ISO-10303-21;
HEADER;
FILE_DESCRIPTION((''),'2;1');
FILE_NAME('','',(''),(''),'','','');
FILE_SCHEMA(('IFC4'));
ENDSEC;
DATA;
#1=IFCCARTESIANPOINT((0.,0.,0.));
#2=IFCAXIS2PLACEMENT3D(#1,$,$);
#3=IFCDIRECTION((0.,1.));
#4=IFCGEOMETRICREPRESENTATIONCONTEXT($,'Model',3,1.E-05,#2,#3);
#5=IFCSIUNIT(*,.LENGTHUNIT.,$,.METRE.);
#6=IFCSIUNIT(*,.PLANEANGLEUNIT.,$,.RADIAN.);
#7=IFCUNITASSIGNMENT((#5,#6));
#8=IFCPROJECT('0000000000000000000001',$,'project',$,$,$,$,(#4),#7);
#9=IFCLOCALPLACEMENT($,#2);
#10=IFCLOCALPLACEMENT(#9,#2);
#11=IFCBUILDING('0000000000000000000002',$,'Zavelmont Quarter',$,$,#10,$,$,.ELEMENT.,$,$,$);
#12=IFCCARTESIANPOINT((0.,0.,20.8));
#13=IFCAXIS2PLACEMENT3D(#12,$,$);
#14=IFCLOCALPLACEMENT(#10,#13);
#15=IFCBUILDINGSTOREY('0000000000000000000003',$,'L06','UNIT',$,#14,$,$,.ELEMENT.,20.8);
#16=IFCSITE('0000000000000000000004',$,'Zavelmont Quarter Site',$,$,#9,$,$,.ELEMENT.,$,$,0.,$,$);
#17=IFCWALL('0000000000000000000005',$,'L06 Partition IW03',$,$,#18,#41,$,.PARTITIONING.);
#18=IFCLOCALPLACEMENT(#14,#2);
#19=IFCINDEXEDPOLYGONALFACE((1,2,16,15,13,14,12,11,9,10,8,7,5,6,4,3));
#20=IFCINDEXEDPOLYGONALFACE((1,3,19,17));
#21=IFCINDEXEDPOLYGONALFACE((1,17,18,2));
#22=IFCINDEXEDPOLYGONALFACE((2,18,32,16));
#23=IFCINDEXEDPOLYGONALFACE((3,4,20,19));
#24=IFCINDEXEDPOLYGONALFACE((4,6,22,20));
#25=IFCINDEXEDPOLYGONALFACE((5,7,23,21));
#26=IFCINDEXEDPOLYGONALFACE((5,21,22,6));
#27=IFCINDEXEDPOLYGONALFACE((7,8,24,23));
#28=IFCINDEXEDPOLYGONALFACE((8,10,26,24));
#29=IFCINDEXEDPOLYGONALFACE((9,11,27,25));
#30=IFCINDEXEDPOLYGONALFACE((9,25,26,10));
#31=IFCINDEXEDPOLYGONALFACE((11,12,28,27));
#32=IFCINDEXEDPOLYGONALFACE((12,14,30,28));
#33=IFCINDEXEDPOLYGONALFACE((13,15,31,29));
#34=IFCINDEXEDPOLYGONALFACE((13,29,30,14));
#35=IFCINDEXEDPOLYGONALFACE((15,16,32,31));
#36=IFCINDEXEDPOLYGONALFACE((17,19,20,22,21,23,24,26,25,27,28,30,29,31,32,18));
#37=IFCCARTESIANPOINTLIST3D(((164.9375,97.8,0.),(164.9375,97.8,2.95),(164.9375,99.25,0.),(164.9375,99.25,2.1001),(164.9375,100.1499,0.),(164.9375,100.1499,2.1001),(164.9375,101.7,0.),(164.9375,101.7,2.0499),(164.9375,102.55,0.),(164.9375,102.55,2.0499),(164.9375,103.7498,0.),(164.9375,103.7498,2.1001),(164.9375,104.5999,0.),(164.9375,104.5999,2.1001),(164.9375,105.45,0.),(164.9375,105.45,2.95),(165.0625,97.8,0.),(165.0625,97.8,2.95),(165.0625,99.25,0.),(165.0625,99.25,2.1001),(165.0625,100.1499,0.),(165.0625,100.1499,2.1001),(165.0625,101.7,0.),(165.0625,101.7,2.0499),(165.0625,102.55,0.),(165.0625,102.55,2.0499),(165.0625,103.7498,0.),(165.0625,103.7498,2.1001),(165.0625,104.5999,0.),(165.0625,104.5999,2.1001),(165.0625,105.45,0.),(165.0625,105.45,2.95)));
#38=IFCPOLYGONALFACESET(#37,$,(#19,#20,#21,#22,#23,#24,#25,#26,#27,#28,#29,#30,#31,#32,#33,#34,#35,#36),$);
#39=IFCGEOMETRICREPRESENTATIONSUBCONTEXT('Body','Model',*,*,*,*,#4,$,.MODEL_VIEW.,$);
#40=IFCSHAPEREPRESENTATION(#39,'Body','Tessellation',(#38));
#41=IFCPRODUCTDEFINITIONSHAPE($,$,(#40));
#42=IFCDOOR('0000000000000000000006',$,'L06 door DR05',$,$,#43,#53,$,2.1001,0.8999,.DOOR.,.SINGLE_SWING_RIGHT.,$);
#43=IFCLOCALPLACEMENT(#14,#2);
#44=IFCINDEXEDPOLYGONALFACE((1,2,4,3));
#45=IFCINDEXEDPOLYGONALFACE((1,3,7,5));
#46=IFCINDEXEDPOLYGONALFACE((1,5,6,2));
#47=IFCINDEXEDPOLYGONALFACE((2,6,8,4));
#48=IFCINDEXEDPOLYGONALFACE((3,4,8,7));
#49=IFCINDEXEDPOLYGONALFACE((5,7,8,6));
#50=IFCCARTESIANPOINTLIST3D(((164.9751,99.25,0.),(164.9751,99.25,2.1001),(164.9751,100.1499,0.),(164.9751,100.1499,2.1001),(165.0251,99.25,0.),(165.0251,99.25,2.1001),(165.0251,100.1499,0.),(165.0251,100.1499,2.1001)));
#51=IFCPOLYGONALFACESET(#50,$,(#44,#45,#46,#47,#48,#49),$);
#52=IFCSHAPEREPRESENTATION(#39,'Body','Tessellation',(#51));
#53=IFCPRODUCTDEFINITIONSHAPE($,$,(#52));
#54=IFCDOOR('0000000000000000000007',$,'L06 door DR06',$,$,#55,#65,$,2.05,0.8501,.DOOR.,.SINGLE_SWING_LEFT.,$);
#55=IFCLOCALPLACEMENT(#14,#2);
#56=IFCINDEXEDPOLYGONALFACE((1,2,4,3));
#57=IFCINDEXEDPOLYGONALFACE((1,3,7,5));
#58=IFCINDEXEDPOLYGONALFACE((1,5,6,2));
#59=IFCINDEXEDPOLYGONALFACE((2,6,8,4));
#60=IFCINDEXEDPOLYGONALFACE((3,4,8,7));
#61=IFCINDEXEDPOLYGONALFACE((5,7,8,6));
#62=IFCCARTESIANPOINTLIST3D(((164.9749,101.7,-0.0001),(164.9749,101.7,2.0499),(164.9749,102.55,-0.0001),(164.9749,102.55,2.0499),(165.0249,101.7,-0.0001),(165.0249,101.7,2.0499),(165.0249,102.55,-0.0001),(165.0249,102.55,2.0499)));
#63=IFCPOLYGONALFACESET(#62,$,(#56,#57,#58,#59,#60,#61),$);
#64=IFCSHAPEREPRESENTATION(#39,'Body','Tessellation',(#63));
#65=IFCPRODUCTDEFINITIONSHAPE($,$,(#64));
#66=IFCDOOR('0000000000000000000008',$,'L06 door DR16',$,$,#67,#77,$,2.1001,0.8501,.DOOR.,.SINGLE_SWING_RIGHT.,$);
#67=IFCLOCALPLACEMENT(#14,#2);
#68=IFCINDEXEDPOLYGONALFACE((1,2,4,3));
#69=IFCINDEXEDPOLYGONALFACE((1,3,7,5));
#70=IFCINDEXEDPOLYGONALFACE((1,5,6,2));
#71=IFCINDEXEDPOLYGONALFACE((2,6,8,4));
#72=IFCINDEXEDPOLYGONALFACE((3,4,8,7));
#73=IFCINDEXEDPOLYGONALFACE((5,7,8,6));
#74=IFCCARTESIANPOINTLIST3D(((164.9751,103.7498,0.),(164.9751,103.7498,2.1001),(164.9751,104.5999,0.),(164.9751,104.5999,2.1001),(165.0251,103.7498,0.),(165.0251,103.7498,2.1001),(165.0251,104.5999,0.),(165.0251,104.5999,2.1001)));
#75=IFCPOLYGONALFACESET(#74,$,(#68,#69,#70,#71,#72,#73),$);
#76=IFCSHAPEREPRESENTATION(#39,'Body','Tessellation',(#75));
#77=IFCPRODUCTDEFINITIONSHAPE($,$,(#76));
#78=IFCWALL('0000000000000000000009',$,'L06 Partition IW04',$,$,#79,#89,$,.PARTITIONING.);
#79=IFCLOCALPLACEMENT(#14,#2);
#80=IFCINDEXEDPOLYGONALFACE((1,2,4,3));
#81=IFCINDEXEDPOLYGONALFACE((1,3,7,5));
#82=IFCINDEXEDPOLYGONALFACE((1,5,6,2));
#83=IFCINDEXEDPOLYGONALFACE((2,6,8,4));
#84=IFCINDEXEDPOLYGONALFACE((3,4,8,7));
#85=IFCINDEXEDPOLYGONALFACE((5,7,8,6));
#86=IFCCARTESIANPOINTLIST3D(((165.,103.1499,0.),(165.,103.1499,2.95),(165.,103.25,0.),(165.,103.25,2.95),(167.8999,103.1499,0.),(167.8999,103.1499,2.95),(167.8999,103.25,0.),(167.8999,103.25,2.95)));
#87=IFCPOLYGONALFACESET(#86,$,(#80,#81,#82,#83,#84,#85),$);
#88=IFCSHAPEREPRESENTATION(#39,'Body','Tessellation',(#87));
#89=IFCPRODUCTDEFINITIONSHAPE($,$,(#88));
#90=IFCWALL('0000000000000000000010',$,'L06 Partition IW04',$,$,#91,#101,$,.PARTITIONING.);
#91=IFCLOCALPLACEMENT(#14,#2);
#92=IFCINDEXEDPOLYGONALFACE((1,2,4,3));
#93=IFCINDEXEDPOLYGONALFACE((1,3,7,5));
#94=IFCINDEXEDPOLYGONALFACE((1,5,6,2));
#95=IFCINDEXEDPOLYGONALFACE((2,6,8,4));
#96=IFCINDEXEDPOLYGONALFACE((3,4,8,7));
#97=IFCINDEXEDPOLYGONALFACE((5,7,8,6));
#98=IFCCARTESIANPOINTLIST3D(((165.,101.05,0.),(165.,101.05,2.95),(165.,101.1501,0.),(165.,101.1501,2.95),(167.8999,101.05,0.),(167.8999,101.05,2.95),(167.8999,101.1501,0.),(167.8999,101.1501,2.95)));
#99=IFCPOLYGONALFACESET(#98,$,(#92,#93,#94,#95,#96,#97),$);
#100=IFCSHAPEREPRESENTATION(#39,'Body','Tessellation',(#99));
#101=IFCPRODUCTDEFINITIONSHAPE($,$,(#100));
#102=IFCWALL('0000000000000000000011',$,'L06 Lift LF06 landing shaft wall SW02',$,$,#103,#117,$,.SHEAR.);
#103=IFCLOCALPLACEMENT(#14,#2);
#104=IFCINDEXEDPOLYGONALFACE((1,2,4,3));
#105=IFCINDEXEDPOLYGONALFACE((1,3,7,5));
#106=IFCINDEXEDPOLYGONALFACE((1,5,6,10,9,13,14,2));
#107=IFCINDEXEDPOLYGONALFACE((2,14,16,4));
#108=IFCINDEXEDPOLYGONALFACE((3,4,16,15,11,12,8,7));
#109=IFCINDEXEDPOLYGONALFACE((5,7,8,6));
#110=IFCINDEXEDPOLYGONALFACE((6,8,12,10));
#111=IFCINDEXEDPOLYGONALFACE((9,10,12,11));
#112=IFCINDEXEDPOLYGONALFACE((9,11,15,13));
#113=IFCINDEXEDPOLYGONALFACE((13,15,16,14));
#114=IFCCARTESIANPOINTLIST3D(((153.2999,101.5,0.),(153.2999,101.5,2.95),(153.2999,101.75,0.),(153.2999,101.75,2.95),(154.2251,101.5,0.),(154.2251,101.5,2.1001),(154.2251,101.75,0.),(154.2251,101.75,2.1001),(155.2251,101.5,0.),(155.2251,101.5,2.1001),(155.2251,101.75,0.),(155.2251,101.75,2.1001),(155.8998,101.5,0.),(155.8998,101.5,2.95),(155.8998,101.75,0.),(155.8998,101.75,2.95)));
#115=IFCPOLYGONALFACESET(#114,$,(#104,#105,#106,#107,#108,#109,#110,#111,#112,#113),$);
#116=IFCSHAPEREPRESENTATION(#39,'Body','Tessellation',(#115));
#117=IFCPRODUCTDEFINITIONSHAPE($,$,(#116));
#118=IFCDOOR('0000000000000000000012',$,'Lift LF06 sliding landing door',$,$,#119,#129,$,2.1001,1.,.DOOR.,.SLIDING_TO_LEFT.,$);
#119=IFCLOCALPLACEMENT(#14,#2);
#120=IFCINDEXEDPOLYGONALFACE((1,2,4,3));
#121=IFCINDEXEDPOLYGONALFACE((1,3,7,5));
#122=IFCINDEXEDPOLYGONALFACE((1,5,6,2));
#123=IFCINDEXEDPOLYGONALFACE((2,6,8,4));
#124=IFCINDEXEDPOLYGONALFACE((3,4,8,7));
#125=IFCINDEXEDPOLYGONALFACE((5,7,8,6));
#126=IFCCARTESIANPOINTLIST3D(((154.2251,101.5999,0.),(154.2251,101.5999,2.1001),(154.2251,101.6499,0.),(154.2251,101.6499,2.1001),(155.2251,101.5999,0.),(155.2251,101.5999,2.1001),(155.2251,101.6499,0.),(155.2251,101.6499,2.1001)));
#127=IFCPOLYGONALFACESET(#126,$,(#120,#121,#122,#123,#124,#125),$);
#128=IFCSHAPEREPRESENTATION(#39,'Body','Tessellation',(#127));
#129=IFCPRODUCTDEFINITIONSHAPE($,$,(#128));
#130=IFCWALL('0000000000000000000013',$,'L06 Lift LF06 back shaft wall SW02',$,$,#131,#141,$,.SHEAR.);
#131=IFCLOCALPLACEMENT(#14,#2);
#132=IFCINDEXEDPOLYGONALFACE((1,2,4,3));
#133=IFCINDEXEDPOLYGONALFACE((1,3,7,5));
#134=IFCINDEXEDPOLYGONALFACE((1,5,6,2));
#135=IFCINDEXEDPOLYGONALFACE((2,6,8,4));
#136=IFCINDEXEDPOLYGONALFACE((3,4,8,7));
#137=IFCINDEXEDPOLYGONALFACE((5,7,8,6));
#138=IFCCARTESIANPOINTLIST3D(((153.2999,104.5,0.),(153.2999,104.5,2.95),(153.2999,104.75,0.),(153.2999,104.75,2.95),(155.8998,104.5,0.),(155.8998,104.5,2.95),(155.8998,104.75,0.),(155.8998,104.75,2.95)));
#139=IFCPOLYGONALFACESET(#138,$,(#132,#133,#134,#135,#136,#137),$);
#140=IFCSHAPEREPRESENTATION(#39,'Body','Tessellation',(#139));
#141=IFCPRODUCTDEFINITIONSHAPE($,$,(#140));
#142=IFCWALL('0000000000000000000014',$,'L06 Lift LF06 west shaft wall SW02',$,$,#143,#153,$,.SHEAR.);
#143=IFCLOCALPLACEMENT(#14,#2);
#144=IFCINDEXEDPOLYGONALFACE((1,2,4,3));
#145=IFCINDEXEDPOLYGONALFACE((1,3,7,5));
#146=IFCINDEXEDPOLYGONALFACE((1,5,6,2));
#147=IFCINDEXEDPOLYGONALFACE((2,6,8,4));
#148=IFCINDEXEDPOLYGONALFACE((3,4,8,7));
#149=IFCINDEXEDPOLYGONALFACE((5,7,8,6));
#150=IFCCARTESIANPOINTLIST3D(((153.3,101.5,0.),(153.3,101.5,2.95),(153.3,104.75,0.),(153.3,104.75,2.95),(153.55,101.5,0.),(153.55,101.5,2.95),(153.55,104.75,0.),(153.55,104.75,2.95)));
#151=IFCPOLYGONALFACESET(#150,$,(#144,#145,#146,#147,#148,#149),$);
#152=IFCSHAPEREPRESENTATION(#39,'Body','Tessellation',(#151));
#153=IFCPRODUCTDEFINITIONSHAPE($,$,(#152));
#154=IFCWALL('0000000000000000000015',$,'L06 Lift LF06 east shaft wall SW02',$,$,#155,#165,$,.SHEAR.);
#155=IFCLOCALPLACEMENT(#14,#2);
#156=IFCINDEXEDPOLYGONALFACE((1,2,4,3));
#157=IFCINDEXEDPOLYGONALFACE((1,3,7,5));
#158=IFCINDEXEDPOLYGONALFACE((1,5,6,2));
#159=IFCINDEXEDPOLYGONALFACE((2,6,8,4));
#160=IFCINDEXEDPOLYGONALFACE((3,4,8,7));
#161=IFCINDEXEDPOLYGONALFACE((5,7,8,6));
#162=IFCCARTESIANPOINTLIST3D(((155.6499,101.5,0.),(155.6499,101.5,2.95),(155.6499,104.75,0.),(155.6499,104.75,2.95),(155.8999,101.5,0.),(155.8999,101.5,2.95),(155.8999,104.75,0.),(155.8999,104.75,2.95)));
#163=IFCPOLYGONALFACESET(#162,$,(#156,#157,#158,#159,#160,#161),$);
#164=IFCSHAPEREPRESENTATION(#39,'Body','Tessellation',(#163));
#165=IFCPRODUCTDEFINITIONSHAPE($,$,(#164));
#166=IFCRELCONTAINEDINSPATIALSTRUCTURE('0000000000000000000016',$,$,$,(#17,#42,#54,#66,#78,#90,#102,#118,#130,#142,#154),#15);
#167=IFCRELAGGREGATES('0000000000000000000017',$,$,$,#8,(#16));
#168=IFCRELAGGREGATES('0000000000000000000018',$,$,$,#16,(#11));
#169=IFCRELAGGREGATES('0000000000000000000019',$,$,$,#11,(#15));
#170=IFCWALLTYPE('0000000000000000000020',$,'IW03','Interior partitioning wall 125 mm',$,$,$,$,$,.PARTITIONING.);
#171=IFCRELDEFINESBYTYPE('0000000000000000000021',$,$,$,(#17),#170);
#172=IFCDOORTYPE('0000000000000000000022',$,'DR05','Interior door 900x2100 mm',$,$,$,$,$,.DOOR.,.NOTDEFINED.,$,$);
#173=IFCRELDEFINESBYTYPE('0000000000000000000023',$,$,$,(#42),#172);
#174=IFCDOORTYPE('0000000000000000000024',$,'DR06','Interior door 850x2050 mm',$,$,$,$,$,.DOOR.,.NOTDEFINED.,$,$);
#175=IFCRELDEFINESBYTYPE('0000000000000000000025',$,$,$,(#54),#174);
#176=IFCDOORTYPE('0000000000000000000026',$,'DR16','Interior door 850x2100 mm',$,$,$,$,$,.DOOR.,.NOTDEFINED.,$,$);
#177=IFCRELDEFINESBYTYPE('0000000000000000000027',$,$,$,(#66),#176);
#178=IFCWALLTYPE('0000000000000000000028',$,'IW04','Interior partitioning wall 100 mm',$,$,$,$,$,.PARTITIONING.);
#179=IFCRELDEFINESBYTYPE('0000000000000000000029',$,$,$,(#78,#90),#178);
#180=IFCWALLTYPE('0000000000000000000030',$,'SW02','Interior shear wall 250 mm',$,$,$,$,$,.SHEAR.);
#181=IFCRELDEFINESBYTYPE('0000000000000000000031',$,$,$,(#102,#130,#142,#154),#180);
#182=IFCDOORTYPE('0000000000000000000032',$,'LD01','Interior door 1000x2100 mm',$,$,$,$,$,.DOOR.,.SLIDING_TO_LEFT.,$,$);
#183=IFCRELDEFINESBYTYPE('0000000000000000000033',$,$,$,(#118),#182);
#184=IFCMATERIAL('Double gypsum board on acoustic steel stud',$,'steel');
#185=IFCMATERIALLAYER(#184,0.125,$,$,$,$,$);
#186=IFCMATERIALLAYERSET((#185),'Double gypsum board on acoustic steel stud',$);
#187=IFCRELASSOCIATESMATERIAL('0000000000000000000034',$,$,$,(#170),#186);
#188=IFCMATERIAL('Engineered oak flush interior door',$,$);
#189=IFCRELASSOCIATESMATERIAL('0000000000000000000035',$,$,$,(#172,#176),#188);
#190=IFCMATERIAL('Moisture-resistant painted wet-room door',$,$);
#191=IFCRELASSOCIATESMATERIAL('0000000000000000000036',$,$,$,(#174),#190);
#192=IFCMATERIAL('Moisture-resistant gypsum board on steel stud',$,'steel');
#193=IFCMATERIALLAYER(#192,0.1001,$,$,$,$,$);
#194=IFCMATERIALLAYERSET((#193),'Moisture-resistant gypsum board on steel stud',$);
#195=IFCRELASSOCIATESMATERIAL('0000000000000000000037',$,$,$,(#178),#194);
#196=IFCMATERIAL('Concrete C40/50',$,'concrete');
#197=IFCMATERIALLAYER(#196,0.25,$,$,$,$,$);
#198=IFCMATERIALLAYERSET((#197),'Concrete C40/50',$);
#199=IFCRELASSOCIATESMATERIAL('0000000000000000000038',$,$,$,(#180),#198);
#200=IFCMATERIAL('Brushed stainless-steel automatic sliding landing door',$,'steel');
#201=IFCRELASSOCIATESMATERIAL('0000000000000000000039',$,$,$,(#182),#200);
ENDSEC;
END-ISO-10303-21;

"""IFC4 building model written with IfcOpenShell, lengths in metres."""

from ifc_helpers import new_model, si_unit, direction, frame, frame_2d, origin, origin_with_axes, place, context, subcontext, project, spatial, rectangle, extrude, material, layer, layer_set, type_object, element, fill, save


model = new_model("IFC4")

# Units and contexts
model_context = context("Model", 3, precision=1e-05, world=origin(), true_north=direction((0.0, 1.0)))
body_context = subcontext(model_context, "Body", "Model", "MODEL_VIEW")
ifc_project = project(units=[si_unit("LENGTHUNIT", "METRE"), si_unit("PLANEANGLEUNIT", "RADIAN")], contexts=[model_context])

# Site, building, storey
site_placement = place(None, origin())
site = spatial("IfcSite", under=ifc_project, at=site_placement, Name="Zavelmont Quarter Site", CompositionType="ELEMENT", RefElevation=0.0)
building_placement = place(site_placement, origin())
building = spatial("IfcBuilding", under=site, at=building_placement, Name="Zavelmont Quarter", CompositionType="ELEMENT")
storey_placement = place(building_placement, frame((0.0, 0.0, 20.8)))
storey = spatial("IfcBuildingStorey", under=building, at=storey_placement, Name="L06", Description="UNIT", CompositionType="ELEMENT", Elevation=20.8)

# Shared definitions
ifc_material_1 = material(Name="Concrete C40/50", Category="concrete")

# Wall, openings, doors
ifc_material_2 = material(Name="Double gypsum board on acoustic steel stud", Category="steel")
ifc_layer_1 = layer(ifc_material_2, 0.125)
ifc_layer_set_1 = layer_set([ifc_layer_1], Name="Double gypsum board on acoustic steel stud")
wall_type_1 = type_object("IfcWallType", Name="IW03", Description="Interior partitioning wall 125 mm", PredefinedType="PARTITIONING", material=ifc_layer_set_1)
wall_1_placement = place(storey_placement, frame((165.0, 105.45, 0.0), z_axis=(0.0, 0.0, 1.0), x_axis=(0.0, -1.0, 0.0)))
wall_1 = element("IfcWall", 1, at=wall_1_placement, inside=storey, type_object=wall_type_1, Name="L06 Partition IW03", PredefinedType="PARTITIONING", context=body_context, shape_type="SweptSolid", body=[
    extrude(rectangle(XDim=7.6499, YDim=0.125, at=frame_2d((3.825, 0.0))), origin(), (0.0, 0.0, 1.0), 2.95),
])
opening_1_placement = place(wall_1_placement, frame((0.8501, 0.0, 0.0)))
opening_1 = element("IfcOpeningElement", 2, at=opening_1_placement, cuts=wall_1, PredefinedType="OPENING", context=body_context, shape_type="SweptSolid", body=[
    extrude(rectangle(XDim=0.8501, YDim=2.1001, at=frame_2d((0.425, 1.05))), frame((0.0, 0.0745, 0.0), z_axis=(0.0, -1.0, 0.0), x_axis=(1.0, 0.0, 0.0)), (0.0, 0.0, 1.0), 0.1489),
])
opening_2_placement = place(wall_1_placement, frame((2.8999, 0.0, 0.0)))
opening_2 = element("IfcOpeningElement", 3, at=opening_2_placement, cuts=wall_1, PredefinedType="OPENING", context=body_context, shape_type="SweptSolid", body=[
    extrude(rectangle(XDim=0.8501, YDim=2.05, at=frame_2d((0.425, 1.0249))), frame((0.0, 0.0745, 0.0), z_axis=(0.0, -1.0, 0.0), x_axis=(1.0, 0.0, 0.0)), (0.0, 0.0, 1.0), 0.1489),
])
opening_3_placement = place(wall_1_placement, frame((5.3, 0.0, 0.0)))
opening_3 = element("IfcOpeningElement", 4, at=opening_3_placement, cuts=wall_1, PredefinedType="OPENING", context=body_context, shape_type="SweptSolid", body=[
    extrude(rectangle(XDim=0.8999, YDim=2.1001, at=frame_2d((0.45, 1.05))), frame((0.0, 0.0745, 0.0), z_axis=(0.0, -1.0, 0.0), x_axis=(1.0, 0.0, 0.0)), (0.0, 0.0, 1.0), 0.1489),
])
ifc_material_3 = material(Name="Engineered oak flush interior door")
door_type_1 = type_object("IfcDoorType", Name="DR05", Description="Interior door 900x2100 mm", OperationType="NOTDEFINED", PredefinedType="DOOR", material=ifc_material_3)
door_1_placement = place(opening_3_placement, frame((0.8999, 0.0, 0.0), z_axis=(0.0, 0.0, 1.0), x_axis=(-1.0, 0.0, 0.0)))
door_1 = element("IfcDoor", 5, at=door_1_placement, inside=storey, type_object=door_type_1, Name="L06 door DR05", OperationType="SINGLE_SWING_RIGHT", OverallHeight=2.1001, OverallWidth=0.8999, PredefinedType="DOOR", context=body_context, shape_type="SweptSolid", body=[
    extrude(rectangle(XDim=0.8999, YDim=2.1001, at=frame_2d((0.45, 1.05))), frame((0.0, 0.0249, 0.0), z_axis=(0.0, -1.0, 0.0), x_axis=(1.0, 0.0, 0.0)), (0.0, 0.0, 1.0), 0.05),
])
fill(opening_3, door_1)
ifc_material_4 = material(Name="Moisture-resistant painted wet-room door")
door_type_2 = type_object("IfcDoorType", Name="DR06", Description="Interior door 850x2050 mm", OperationType="NOTDEFINED", PredefinedType="DOOR", material=ifc_material_4)
door_2_placement = place(opening_2_placement, origin_with_axes())
door_2 = element("IfcDoor", 6, at=door_2_placement, inside=storey, type_object=door_type_2, Name="L06 door DR06", OperationType="SINGLE_SWING_LEFT", OverallHeight=2.05, OverallWidth=0.8501, PredefinedType="DOOR", context=body_context, shape_type="SweptSolid", body=[
    extrude(rectangle(XDim=0.8501, YDim=2.05, at=frame_2d((0.425, 1.0249))), frame((0.0, 0.0249, 0.0), z_axis=(0.0, -1.0, 0.0), x_axis=(1.0, 0.0, 0.0)), (0.0, 0.0, 1.0), 0.05),
])
fill(opening_2, door_2)
door_type_3 = type_object("IfcDoorType", Name="DR16", Description="Interior door 850x2100 mm", OperationType="NOTDEFINED", PredefinedType="DOOR", material=ifc_material_3)
door_3_placement = place(opening_1_placement, frame((0.8501, 0.0, 0.0), z_axis=(0.0, 0.0, 1.0), x_axis=(-1.0, 0.0, 0.0)))
door_3 = element("IfcDoor", 7, at=door_3_placement, inside=storey, type_object=door_type_3, Name="L06 door DR16", OperationType="SINGLE_SWING_RIGHT", OverallHeight=2.1001, OverallWidth=0.8501, PredefinedType="DOOR", context=body_context, shape_type="SweptSolid", body=[
    extrude(rectangle(XDim=0.8501, YDim=2.1001, at=frame_2d((0.425, 1.05))), frame((0.0, 0.0249, 0.0), z_axis=(0.0, -1.0, 0.0), x_axis=(1.0, 0.0, 0.0)), (0.0, 0.0, 1.0), 0.05),
])
fill(opening_1, door_3)

# Walls
ifc_material_5 = material(Name="Moisture-resistant gypsum board on steel stud", Category="steel")
ifc_layer_2 = layer(ifc_material_5, 0.1001)
ifc_layer_set_2 = layer_set([ifc_layer_2], Name="Moisture-resistant gypsum board on steel stud")
wall_type_2 = type_object("IfcWallType", Name="IW04", Description="Interior partitioning wall 100 mm", PredefinedType="PARTITIONING", material=ifc_layer_set_2)
for number, where, z_axis, x_axis, name in (
    (8, (165.0, 103.2, 0.0), (0.0, 0.0, 1.0), (1.0, 0.0, 0.0), "L06 Partition IW04"),
    (9, (165.0, 101.1001, 0.0), (0.0, 0.0, 1.0), (1.0, 0.0, 0.0), "L06 Partition IW04"),
):
    element("IfcWall", number, at=place(storey_placement, frame(where, z_axis=z_axis, x_axis=x_axis)), inside=storey, type_object=wall_type_2, Name=name, PredefinedType="PARTITIONING", context=body_context, shape_type="SweptSolid", body=[
        extrude(rectangle(XDim=2.8999, YDim=0.1001, at=frame_2d((1.45, 0.0))), origin(), (0.0, 0.0, 1.0), 2.95),
    ])

# Wall, opening, door
ifc_layer_3 = layer(ifc_material_1, 0.25)
ifc_layer_set_3 = layer_set([ifc_layer_3], Name="Concrete C40/50")
wall_type_3 = type_object("IfcWallType", Name="SW02", Description="Interior shear wall 250 mm", PredefinedType="SHEAR", material=ifc_layer_set_3)
wall_2_placement = place(storey_placement, frame((153.3, 101.625, 0.0), z_axis=(0.0, 0.0, 1.0), x_axis=(1.0, 0.0, 0.0)))
wall_2 = element("IfcWall", 10, at=wall_2_placement, inside=storey, type_object=wall_type_3, Name="L06 Lift LF06 landing shaft wall SW02", PredefinedType="SHEAR", context=body_context, shape_type="SweptSolid", body=[
    extrude(rectangle(XDim=2.5999, YDim=0.25, at=frame_2d((1.2998, 0.0))), origin(), (0.0, 0.0, 1.0), 2.95),
])
opening_4_placement = place(wall_2_placement, frame((0.925, 0.0, 0.0)))
opening_4 = element("IfcOpeningElement", 11, at=opening_4_placement, cuts=wall_2, PredefinedType="OPENING", context=body_context, shape_type="SweptSolid", body=[
    extrude(rectangle(XDim=1.0, YDim=2.1001, at=frame_2d((0.5, 1.05))), frame((0.0, 0.137, 0.0), z_axis=(0.0, -1.0, 0.0), x_axis=(1.0, 0.0, 0.0)), (0.0, 0.0, 1.0), 0.2739),
])
ifc_material_6 = material(Name="Brushed stainless-steel automatic sliding landing door", Category="steel")
door_type_4 = type_object("IfcDoorType", Name="LD01", Description="Interior door 1000x2100 mm", OperationType="SLIDING_TO_LEFT", PredefinedType="DOOR", material=ifc_material_6)
door_4_placement = place(opening_4_placement, origin_with_axes())
door_4 = element("IfcDoor", 12, at=door_4_placement, inside=storey, type_object=door_type_4, Name="Lift LF06 sliding landing door", OperationType="SLIDING_TO_LEFT", OverallHeight=2.1001, OverallWidth=1.0, PredefinedType="DOOR", context=body_context, shape_type="SweptSolid", body=[
    extrude(rectangle(XDim=1.0, YDim=2.1001, at=frame_2d((0.5, 1.05))), frame((0.0, 0.0249, 0.0), z_axis=(0.0, -1.0, 0.0), x_axis=(1.0, 0.0, 0.0)), (0.0, 0.0, 1.0), 0.05),
])
fill(opening_4, door_4)

# Walls
wall_3_placement = place(storey_placement, frame((153.3, 104.625, 0.0), z_axis=(0.0, 0.0, 1.0), x_axis=(1.0, 0.0, 0.0)))
element("IfcWall", 13, at=wall_3_placement, inside=storey, type_object=wall_type_3, Name="L06 Lift LF06 back shaft wall SW02", PredefinedType="SHEAR", context=body_context, shape_type="SweptSolid", body=[
    extrude(rectangle(XDim=2.5999, YDim=0.25, at=frame_2d((1.2998, 0.0))), origin(), (0.0, 0.0, 1.0), 2.95),
])
for number, where, z_axis, x_axis, name in (
    (14, (153.425, 101.5, 0.0), (0.0, 0.0, 1.0), (0.0, 1.0, 0.0), "L06 Lift LF06 west shaft wall SW02"),
    (15, (155.7749, 101.5, 0.0), (0.0, 0.0, 1.0), (0.0, 1.0, 0.0), "L06 Lift LF06 east shaft wall SW02"),
):
    element("IfcWall", number, at=place(storey_placement, frame(where, z_axis=z_axis, x_axis=x_axis)), inside=storey, type_object=wall_type_3, Name=name, PredefinedType="SHEAR", context=body_context, shape_type="SweptSolid", body=[
        extrude(rectangle(XDim=3.25, YDim=0.25, at=frame_2d((1.625, 0.0))), origin(), (0.0, 0.0, 1.0), 2.95),
    ])

save(model, "model.ifc")
